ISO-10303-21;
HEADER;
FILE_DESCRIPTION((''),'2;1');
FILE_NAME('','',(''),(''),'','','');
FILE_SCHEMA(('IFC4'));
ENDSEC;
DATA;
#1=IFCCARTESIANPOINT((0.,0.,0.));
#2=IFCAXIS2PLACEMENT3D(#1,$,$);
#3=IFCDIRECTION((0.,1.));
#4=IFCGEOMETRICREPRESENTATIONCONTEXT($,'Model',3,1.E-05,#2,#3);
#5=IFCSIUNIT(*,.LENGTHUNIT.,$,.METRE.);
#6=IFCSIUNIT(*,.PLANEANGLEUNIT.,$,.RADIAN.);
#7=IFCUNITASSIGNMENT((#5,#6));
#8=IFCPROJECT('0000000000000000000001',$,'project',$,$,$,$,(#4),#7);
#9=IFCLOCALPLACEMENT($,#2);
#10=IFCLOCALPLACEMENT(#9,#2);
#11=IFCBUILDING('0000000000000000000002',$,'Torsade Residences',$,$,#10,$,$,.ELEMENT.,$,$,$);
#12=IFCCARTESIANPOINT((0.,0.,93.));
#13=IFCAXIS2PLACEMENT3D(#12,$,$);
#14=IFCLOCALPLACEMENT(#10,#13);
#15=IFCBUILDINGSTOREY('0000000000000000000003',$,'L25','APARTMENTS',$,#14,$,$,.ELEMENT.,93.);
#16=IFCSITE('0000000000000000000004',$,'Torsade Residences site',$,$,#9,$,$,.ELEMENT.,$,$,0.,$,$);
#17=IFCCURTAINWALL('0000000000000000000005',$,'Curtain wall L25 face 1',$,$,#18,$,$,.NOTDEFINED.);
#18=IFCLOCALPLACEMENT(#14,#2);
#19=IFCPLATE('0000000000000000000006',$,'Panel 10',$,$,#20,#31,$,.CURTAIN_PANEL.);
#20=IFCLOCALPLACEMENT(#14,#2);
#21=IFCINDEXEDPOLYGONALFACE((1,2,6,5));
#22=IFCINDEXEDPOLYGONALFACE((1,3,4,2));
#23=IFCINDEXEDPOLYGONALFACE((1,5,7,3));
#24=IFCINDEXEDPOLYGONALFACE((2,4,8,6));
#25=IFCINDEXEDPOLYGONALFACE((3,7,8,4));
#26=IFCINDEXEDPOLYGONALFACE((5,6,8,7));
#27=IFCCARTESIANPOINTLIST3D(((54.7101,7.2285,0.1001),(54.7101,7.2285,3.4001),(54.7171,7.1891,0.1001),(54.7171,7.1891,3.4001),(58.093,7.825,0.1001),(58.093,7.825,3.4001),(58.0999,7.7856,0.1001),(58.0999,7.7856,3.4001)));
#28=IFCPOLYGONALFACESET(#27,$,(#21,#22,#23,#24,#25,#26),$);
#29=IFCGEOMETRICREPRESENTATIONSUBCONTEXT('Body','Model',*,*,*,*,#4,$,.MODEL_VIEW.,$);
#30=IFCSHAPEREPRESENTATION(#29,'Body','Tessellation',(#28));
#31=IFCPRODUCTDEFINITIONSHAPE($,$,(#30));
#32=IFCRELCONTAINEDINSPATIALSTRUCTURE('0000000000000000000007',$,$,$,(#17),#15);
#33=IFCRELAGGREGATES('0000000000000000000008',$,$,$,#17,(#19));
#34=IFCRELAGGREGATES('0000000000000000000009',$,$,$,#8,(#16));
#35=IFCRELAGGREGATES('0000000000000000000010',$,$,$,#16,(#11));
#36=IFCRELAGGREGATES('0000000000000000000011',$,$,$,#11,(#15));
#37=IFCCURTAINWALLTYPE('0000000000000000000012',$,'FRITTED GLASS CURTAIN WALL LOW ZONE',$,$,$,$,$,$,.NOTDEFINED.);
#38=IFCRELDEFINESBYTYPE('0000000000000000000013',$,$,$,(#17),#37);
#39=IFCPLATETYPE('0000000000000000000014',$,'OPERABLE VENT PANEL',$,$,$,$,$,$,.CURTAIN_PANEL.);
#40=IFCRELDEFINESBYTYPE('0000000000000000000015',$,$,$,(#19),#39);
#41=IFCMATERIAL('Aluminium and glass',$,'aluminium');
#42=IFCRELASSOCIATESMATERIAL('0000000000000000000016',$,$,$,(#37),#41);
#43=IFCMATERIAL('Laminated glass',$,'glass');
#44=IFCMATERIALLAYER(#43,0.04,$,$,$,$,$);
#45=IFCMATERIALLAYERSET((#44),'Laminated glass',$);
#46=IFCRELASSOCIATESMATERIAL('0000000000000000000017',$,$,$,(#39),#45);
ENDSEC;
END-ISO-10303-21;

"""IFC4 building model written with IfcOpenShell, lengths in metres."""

from ifc_helpers import new_model, si_unit, direction, frame, origin, origin_2d, place, context, subcontext, project, spatial, rectangle, extrude, material, layer, layer_set, type_object, element, aggregate, save


model = new_model("IFC4")

# Units and contexts
model_context = context("Model", 3, precision=1e-05, world=origin(), true_north=direction((0.0, 1.0)))
body_context = subcontext(model_context, "Body", "Model", "MODEL_VIEW")
ifc_project = project(units=[si_unit("LENGTHUNIT", "METRE"), si_unit("PLANEANGLEUNIT", "RADIAN")], contexts=[model_context])

# Site, building, storey
site_placement = place(None, origin())
site = spatial("IfcSite", under=ifc_project, at=site_placement, Name="Torsade Residences site", CompositionType="ELEMENT", RefElevation=0.0)
building_placement = place(site_placement, origin())
building = spatial("IfcBuilding", under=site, at=building_placement, Name="Torsade Residences", CompositionType="ELEMENT")
storey_placement = place(building_placement, frame((0.0, 0.0, 93.0)))
storey = spatial("IfcBuildingStorey", under=building, at=storey_placement, Name="L25", Description="APARTMENTS", CompositionType="ELEMENT", Elevation=93.0)

# Curtain wall
ifc_material_1 = material(Name="Aluminium and glass", Category="aluminium")
curtain_wall_type = type_object("IfcCurtainWallType", Name="FRITTED GLASS CURTAIN WALL LOW ZONE", PredefinedType="NOTDEFINED", material=ifc_material_1)
curtain_wall_placement = place(storey_placement, origin())
curtain_wall = element("IfcCurtainWall", 1, at=curtain_wall_placement, inside=storey, type_object=curtain_wall_type, Name="Curtain wall L25 face 1", PredefinedType="NOTDEFINED")

# Plate
ifc_material_2 = material(Name="Laminated glass", Category="glass")
ifc_layer_1 = layer(ifc_material_2, 0.04)
ifc_layer_set_1 = layer_set([ifc_layer_1], Name="Laminated glass")
plate_type_1 = type_object("IfcPlateType", Name="OPERABLE VENT PANEL", PredefinedType="CURTAIN_PANEL", material=ifc_layer_set_1)
plate_1_placement = place(storey_placement, frame((56.405, 7.5071, 0.1001), z_axis=(0.0, 0.0, 1.0), x_axis=(0.984808, 0.173648, 0.0)))
plate_1 = element("IfcPlate", 2, at=plate_1_placement, type_object=plate_type_1, Name="Panel 10", PredefinedType="CURTAIN_PANEL", context=body_context, shape_type="SweptSolid", body=[
    extrude(rectangle(XDim=3.4351, YDim=0.04, at=origin_2d()), origin(), (0.0, 0.0, 1.0), 3.3),
])
aggregate(curtain_wall, [plate_1])

save(model, "model.ifc")
